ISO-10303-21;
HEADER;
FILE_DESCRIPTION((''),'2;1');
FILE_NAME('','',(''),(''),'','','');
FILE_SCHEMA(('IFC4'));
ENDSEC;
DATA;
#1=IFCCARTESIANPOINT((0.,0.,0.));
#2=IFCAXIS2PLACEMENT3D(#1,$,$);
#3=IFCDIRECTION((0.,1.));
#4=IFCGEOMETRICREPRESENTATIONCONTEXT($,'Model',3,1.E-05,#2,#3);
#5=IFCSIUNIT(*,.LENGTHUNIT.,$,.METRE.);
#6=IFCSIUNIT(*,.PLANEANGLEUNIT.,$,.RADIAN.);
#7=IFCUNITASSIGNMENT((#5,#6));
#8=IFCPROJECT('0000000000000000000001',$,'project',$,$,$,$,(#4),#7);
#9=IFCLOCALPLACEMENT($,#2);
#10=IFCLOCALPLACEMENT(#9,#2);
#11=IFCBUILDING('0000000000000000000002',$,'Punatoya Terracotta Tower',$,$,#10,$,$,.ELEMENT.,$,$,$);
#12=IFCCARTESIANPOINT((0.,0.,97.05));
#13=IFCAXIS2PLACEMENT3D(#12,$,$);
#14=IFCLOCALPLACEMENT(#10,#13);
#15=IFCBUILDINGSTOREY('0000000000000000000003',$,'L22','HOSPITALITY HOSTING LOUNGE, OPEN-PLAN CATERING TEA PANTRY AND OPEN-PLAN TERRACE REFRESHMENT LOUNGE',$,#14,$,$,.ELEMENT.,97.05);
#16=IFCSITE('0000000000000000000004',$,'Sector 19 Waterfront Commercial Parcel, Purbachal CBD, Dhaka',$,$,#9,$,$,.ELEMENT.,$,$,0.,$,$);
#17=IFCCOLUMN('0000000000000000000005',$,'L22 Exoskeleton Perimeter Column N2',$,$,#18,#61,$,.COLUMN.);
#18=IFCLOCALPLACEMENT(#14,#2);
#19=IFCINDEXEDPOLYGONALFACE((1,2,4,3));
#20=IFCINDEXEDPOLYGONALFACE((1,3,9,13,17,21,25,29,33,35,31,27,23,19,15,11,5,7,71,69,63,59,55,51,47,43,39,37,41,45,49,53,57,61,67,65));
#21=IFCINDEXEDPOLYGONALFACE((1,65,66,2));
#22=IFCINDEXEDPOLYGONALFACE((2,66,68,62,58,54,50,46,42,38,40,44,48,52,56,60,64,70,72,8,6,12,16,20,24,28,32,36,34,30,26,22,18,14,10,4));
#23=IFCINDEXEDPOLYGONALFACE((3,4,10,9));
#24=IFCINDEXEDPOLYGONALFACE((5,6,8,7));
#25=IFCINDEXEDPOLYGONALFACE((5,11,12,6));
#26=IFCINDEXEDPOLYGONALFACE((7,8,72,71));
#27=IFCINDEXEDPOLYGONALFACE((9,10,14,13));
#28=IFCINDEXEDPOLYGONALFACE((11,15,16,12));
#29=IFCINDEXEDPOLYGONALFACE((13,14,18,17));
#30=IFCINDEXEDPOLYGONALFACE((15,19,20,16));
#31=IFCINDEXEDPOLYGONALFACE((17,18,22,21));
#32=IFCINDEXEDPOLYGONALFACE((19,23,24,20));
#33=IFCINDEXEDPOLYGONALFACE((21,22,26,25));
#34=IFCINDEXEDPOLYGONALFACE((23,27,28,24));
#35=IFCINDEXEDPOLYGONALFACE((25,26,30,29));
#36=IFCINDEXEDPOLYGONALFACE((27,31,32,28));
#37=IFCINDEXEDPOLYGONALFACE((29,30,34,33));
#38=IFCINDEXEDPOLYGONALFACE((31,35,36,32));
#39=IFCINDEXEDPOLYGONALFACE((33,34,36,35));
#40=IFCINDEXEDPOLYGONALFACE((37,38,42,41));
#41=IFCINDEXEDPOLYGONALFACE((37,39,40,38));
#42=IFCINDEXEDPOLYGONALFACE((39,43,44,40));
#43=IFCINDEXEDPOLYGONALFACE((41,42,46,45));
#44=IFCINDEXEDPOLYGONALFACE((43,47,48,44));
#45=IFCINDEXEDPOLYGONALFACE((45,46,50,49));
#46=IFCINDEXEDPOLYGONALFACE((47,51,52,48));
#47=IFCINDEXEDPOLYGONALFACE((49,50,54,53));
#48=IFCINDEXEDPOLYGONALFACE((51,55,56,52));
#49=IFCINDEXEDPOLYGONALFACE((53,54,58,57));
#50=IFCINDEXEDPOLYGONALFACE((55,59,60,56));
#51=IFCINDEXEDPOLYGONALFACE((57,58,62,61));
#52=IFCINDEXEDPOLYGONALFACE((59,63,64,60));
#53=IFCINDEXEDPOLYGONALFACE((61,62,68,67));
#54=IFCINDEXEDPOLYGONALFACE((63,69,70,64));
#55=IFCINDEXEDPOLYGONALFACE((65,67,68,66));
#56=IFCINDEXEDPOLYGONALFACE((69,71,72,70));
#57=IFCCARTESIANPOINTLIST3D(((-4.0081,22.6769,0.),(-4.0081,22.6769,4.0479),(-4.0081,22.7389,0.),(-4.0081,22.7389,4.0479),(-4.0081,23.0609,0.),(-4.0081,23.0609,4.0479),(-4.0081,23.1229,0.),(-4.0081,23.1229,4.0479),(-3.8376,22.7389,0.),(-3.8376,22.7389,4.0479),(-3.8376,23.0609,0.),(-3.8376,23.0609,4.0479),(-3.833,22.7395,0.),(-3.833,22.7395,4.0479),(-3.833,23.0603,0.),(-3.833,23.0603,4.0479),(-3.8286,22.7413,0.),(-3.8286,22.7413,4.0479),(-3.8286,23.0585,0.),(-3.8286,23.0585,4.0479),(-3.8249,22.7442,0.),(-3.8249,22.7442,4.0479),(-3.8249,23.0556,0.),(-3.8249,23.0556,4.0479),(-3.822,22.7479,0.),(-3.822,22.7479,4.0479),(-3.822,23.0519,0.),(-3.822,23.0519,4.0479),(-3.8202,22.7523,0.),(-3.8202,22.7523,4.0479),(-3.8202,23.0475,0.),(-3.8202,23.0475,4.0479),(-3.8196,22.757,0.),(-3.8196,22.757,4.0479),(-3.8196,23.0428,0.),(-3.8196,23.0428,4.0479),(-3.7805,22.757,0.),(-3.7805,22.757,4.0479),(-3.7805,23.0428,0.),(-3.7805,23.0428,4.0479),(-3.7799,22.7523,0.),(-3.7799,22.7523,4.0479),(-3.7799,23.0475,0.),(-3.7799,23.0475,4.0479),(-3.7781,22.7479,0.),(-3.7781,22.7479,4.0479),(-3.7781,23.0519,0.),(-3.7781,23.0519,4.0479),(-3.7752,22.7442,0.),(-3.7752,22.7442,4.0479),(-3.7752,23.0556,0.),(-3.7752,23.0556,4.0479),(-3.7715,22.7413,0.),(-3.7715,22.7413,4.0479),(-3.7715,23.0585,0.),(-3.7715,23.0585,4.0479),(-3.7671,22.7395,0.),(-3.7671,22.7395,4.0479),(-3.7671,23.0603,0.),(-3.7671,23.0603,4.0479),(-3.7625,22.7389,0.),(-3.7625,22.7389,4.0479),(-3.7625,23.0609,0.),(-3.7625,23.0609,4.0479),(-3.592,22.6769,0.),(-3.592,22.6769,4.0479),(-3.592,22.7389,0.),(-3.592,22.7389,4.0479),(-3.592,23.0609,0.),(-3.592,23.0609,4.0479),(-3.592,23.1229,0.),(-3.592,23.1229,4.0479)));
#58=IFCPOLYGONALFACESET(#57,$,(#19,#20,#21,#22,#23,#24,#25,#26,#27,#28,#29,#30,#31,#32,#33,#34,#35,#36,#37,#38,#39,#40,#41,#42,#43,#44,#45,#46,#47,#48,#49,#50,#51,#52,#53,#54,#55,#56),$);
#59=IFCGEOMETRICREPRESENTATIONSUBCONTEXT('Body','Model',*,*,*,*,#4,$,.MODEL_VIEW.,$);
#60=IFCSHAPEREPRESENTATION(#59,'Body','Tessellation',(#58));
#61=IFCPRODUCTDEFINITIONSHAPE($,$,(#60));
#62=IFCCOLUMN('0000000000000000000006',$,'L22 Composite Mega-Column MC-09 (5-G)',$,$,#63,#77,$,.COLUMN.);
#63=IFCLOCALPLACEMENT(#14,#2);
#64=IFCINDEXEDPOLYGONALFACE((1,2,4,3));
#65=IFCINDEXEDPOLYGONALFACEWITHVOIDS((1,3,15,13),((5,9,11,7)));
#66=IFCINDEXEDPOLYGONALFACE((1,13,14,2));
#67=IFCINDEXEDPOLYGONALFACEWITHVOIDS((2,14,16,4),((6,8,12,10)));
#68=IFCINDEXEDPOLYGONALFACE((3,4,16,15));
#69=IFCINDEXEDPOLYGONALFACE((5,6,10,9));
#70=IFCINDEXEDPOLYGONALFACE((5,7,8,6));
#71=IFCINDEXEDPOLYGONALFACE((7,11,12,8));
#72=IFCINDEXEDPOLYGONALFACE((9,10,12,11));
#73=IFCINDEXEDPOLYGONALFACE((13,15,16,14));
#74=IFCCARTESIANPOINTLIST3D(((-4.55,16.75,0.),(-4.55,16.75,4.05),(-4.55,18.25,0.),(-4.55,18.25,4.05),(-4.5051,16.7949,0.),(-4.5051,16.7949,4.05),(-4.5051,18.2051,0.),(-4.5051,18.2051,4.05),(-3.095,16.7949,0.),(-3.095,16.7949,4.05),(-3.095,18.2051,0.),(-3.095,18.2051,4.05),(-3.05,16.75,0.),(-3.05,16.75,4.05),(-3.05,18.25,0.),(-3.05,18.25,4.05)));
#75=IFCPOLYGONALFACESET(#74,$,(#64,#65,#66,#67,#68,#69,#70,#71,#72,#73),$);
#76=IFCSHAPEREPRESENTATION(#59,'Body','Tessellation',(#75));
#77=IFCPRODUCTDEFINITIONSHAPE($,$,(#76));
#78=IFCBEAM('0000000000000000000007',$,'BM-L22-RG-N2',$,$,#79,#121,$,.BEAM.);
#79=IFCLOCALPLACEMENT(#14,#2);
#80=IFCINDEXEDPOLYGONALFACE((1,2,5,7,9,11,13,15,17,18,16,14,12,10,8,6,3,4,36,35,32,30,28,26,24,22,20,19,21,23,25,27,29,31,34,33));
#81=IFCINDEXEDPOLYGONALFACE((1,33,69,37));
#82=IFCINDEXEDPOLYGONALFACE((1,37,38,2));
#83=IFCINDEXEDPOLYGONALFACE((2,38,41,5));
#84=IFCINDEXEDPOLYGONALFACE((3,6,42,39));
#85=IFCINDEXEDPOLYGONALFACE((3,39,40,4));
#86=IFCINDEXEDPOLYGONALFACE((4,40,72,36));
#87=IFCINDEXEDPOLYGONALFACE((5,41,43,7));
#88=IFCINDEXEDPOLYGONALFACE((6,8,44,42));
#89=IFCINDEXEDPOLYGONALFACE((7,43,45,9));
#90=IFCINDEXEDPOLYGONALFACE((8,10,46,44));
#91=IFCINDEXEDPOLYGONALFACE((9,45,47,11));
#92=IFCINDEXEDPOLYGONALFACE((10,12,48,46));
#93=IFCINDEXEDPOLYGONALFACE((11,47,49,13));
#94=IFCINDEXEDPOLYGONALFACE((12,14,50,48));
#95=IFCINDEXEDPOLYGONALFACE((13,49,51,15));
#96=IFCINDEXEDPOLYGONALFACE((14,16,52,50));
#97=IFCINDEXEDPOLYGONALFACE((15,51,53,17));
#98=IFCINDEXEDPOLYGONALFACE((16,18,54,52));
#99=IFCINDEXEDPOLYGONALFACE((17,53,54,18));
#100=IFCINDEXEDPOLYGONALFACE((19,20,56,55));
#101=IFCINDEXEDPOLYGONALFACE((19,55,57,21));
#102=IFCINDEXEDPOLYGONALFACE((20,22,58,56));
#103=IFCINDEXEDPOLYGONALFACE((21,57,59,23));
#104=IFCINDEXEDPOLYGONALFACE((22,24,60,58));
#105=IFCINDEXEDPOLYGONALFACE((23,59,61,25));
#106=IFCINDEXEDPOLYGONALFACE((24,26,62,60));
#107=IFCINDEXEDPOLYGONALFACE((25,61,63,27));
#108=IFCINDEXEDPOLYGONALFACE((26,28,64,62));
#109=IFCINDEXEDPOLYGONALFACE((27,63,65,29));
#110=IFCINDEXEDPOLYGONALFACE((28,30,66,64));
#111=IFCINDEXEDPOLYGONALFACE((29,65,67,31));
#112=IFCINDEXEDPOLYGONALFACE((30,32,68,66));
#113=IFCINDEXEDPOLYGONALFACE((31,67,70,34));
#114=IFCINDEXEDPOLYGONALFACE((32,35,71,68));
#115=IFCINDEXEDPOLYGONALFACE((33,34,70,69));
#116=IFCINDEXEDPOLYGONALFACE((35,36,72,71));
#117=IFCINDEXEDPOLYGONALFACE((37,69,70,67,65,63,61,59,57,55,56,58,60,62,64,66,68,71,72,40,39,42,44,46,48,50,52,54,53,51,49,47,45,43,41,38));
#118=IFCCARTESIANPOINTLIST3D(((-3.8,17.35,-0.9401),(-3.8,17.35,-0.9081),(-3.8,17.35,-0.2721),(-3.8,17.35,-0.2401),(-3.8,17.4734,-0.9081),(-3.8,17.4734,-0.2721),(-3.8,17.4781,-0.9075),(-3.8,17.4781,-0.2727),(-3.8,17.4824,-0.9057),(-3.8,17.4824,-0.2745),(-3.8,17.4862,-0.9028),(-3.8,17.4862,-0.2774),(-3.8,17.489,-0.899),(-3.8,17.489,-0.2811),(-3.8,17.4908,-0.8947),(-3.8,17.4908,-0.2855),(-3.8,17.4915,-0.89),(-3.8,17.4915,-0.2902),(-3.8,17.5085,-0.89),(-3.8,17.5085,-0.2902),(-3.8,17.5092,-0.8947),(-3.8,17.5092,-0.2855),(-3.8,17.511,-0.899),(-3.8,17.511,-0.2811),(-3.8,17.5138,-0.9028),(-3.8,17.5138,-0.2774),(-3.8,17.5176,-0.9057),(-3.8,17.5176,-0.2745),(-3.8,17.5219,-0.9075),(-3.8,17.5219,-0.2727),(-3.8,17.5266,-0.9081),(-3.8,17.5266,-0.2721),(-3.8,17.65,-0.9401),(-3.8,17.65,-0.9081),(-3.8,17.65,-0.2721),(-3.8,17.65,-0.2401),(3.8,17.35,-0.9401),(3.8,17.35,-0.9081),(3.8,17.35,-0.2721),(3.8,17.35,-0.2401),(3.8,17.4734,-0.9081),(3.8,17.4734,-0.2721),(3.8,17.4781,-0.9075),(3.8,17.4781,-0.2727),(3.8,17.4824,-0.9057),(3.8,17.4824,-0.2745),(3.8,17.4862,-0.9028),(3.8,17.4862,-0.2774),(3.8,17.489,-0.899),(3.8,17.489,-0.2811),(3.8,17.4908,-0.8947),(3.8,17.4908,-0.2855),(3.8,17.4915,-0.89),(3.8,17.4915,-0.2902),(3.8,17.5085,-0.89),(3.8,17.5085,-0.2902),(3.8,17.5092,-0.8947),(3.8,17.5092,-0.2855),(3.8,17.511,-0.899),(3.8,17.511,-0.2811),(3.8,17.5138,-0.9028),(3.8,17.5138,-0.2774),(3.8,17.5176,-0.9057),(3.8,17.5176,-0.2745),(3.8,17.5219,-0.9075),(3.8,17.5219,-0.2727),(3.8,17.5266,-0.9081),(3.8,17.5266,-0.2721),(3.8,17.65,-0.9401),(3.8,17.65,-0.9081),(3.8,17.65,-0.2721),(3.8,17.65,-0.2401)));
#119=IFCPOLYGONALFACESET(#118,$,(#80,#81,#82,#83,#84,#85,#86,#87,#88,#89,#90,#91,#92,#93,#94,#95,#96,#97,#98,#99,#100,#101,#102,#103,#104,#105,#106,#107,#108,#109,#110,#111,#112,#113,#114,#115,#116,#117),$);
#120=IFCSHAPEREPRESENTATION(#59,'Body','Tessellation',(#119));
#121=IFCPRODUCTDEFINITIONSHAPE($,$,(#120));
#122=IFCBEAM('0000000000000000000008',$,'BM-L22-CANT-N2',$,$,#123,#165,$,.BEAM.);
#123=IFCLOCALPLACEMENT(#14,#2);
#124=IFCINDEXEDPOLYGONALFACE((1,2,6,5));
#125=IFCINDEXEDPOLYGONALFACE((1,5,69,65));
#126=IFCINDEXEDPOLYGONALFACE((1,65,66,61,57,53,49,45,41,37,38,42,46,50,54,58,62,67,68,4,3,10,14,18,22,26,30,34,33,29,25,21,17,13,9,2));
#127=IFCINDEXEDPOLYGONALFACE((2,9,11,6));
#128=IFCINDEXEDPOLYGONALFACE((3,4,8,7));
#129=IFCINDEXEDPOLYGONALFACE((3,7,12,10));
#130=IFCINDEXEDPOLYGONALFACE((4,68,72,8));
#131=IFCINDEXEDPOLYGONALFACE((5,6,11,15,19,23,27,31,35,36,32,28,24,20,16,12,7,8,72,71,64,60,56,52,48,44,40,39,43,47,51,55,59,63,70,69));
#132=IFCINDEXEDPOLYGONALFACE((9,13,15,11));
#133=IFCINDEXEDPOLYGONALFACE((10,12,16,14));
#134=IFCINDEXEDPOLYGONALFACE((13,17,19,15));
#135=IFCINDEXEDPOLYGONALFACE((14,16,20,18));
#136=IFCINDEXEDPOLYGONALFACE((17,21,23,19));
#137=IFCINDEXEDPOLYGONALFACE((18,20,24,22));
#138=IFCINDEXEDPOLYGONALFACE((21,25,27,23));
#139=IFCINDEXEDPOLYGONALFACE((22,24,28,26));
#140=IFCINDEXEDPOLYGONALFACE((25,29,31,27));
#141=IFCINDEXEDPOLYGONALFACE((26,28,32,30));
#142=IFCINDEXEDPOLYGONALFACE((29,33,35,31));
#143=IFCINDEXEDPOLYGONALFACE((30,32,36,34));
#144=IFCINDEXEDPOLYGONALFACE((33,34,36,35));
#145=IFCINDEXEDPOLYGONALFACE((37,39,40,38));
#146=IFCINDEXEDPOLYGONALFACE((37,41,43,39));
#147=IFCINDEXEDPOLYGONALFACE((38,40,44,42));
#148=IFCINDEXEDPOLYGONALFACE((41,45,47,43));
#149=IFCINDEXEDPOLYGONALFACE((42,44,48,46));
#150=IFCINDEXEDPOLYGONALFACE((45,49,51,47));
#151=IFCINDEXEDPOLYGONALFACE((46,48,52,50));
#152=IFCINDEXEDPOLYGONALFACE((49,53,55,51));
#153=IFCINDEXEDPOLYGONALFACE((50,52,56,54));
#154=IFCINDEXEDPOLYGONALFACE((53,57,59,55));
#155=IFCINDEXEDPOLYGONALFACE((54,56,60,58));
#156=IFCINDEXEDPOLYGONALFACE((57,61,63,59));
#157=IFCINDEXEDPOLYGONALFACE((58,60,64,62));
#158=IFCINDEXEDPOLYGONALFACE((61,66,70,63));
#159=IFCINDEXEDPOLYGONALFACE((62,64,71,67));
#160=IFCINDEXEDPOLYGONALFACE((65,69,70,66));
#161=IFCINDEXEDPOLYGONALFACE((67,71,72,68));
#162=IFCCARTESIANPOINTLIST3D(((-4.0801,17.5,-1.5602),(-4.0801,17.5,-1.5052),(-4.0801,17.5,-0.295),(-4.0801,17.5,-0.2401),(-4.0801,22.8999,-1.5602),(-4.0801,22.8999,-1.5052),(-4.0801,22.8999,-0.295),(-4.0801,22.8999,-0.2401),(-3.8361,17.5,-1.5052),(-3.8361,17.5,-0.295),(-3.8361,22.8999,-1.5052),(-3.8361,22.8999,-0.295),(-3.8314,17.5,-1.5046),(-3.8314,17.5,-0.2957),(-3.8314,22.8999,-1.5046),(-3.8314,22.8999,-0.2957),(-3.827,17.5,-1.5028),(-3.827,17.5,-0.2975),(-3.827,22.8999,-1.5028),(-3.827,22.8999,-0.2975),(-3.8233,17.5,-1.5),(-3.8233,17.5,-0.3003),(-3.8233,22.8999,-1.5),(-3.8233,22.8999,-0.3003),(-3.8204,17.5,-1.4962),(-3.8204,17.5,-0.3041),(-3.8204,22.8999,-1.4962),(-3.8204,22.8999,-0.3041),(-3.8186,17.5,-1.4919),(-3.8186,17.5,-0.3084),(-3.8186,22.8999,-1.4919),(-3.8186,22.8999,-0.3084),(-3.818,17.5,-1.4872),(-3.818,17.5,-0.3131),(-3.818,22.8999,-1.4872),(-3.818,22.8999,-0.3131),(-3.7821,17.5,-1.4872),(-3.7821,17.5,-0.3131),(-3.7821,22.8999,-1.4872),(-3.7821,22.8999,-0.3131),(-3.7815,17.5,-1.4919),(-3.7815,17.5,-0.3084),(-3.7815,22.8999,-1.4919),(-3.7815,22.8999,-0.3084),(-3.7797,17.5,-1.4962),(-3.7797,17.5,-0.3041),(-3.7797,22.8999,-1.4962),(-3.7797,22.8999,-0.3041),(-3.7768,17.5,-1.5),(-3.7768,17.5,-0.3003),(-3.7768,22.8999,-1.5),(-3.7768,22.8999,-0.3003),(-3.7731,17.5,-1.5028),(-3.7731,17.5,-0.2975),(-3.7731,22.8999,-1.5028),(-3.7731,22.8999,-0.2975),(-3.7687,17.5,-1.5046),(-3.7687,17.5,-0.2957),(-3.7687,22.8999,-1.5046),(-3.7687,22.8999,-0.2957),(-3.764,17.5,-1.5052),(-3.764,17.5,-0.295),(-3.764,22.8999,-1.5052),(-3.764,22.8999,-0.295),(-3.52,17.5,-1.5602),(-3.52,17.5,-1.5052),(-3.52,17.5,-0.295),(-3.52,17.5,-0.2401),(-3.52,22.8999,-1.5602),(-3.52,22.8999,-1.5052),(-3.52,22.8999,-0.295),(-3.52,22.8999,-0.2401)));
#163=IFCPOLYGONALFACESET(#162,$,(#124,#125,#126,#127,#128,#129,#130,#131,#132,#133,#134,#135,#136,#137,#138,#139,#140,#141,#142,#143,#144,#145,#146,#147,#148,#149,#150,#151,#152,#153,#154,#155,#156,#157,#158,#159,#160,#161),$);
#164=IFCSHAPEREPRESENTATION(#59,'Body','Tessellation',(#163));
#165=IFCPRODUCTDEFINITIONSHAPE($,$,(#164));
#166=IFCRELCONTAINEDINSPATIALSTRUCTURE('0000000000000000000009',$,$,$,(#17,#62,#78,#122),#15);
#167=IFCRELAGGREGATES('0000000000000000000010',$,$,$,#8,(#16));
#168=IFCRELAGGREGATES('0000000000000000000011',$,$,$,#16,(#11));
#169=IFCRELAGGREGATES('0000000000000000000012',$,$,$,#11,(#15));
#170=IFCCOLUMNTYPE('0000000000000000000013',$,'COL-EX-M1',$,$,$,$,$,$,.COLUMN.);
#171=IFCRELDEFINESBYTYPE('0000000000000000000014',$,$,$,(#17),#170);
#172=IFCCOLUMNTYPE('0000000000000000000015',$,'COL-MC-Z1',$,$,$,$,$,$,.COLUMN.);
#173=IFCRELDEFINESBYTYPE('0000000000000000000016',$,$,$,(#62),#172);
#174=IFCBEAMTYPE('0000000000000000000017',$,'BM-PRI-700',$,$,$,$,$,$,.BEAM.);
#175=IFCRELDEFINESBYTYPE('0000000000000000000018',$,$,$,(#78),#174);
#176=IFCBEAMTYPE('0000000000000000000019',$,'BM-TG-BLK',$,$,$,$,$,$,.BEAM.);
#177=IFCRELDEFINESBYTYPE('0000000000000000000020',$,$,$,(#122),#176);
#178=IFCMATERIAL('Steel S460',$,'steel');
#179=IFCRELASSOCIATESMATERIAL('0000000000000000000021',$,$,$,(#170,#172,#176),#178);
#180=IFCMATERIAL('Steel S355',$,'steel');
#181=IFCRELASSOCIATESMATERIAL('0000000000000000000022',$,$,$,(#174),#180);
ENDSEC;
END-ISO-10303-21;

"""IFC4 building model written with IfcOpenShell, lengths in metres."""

from ifc_helpers import new_model, si_unit, direction, frame, origin, origin_2d, place, context, subcontext, project, spatial, hollow_rectangle, i_section, extrude, material, material_profile, profile_set, type_object, element, save


model = new_model("IFC4")

# Units and contexts
model_context = context("Model", 3, precision=1e-05, world=origin(), true_north=direction((0.0, 1.0)))
body_context = subcontext(model_context, "Body", "Model", "MODEL_VIEW")
ifc_project = project(units=[si_unit("LENGTHUNIT", "METRE"), si_unit("PLANEANGLEUNIT", "RADIAN")], contexts=[model_context])

# Site, building, storey
site_placement = place(None, origin())
site = spatial("IfcSite", under=ifc_project, at=site_placement, Name="Sector 19 Waterfront Commercial Parcel, Purbachal CBD, Dhaka", CompositionType="ELEMENT", RefElevation=0.0)
building_placement = place(site_placement, origin())
building = spatial("IfcBuilding", under=site, at=building_placement, Name="Punatoya Terracotta Tower", CompositionType="ELEMENT")
storey_placement = place(building_placement, frame((0.0, 0.0, 97.05)))
storey = spatial("IfcBuildingStorey", under=building, at=storey_placement, Name="L22", Description="HOSPITALITY HOSTING LOUNGE, OPEN-PLAN CATERING TEA PANTRY AND OPEN-PLAN TERRACE REFRESHMENT LOUNGE", CompositionType="ELEMENT", Elevation=97.05)

# Columns
ifc_material_1 = material(Name="Steel S460", Category="steel")
ifc_material_profile_1 = material_profile(ifc_material_1, i_section(OverallWidth=0.416, OverallDepth=0.446, WebThickness=0.0391, FlangeThickness=0.062, FilletRadius=0.0181, at=origin_2d()))
ifc_profile_set_1 = profile_set([ifc_material_profile_1], Name="Steel S460")
column_type_1 = type_object("IfcColumnType", Name="COL-EX-M1", PredefinedType="COLUMN", material=ifc_profile_set_1)
column_1_placement = place(storey_placement, frame((-3.8, 22.8999, 0.0), z_axis=(0.0, 0.0, 1.0), x_axis=(1.0, 0.0, 0.0)))
element("IfcColumn", 1, at=column_1_placement, inside=storey, type_object=column_type_1, Name="L22 Exoskeleton Perimeter Column N2", PredefinedType="COLUMN", context=body_context, shape_type="SweptSolid", body=[
    extrude(i_section(OverallWidth=0.416, OverallDepth=0.446, WebThickness=0.0391, FlangeThickness=0.062, FilletRadius=0.0181, at=origin_2d()), origin(), (0.0, 0.0, 1.0), 4.0479),
])
ifc_material_profile_2 = material_profile(ifc_material_1, hollow_rectangle(XDim=1.5, YDim=1.5, WallThickness=0.0449, at=origin_2d()))
ifc_profile_set_2 = profile_set([ifc_material_profile_2], Name="Steel S460")
column_type_2 = type_object("IfcColumnType", Name="COL-MC-Z1", PredefinedType="COLUMN", material=ifc_profile_set_2)
column_2_placement = place(storey_placement, frame((-3.8, 17.5, 0.0), z_axis=(0.0, 0.0, 1.0), x_axis=(1.0, 0.0, 0.0)))
element("IfcColumn", 2, at=column_2_placement, inside=storey, type_object=column_type_2, Name="L22 Composite Mega-Column MC-09 (5-G)", PredefinedType="COLUMN", context=body_context, shape_type="SweptSolid", body=[
    extrude(hollow_rectangle(XDim=1.5, YDim=1.5, WallThickness=0.0449, at=origin_2d()), origin(), (0.0, 0.0, 1.0), 4.05),
])

# Beams
ifc_material_2 = material(Name="Steel S355", Category="steel")
ifc_material_profile_3 = material_profile(ifc_material_2, i_section(OverallWidth=0.3, OverallDepth=0.7, WebThickness=0.0171, FlangeThickness=0.032, FilletRadius=0.0181, at=origin_2d()))
ifc_profile_set_3 = profile_set([ifc_material_profile_3], Name="Steel S355")
beam_type_1 = type_object("IfcBeamType", Name="BM-PRI-700", PredefinedType="BEAM", material=ifc_profile_set_3)
beam_1_placement = place(storey_placement, frame((-3.8, 17.5, -0.5901), z_axis=(1.0, 0.0, 0.0), x_axis=(0.0, 1.0, 0.0)))
element("IfcBeam", 3, at=beam_1_placement, inside=storey, type_object=beam_type_1, Name="BM-L22-RG-N2", PredefinedType="BEAM", context=body_context, shape_type="SweptSolid", body=[
    extrude(i_section(OverallWidth=0.3, OverallDepth=0.7, WebThickness=0.0171, FlangeThickness=0.032, FilletRadius=0.0181, at=origin_2d()), origin(), (0.0, 0.0, 1.0), 7.6001),
])
ifc_material_profile_4 = material_profile(ifc_material_1, i_section(OverallWidth=0.5601, OverallDepth=1.3201, WebThickness=0.0359, FlangeThickness=0.0549, FilletRadius=0.0181, at=origin_2d()))
ifc_profile_set_4 = profile_set([ifc_material_profile_4], Name="Steel S460")
beam_type_2 = type_object("IfcBeamType", Name="BM-TG-BLK", PredefinedType="BEAM", material=ifc_profile_set_4)
beam_2_placement = place(storey_placement, frame((-3.8, 17.5, -0.9001), z_axis=(0.0, 1.0, 0.0), x_axis=(-1.0, 0.0, 0.0)))
element("IfcBeam", 4, at=beam_2_placement, inside=storey, type_object=beam_type_2, Name="BM-L22-CANT-N2", PredefinedType="BEAM", context=body_context, shape_type="SweptSolid", body=[
    extrude(i_section(OverallWidth=0.5601, OverallDepth=1.3201, WebThickness=0.0359, FlangeThickness=0.0549, FilletRadius=0.0181, at=origin_2d()), origin(), (0.0, 0.0, 1.0), 5.3999),
])

save(model, "model.ifc")
